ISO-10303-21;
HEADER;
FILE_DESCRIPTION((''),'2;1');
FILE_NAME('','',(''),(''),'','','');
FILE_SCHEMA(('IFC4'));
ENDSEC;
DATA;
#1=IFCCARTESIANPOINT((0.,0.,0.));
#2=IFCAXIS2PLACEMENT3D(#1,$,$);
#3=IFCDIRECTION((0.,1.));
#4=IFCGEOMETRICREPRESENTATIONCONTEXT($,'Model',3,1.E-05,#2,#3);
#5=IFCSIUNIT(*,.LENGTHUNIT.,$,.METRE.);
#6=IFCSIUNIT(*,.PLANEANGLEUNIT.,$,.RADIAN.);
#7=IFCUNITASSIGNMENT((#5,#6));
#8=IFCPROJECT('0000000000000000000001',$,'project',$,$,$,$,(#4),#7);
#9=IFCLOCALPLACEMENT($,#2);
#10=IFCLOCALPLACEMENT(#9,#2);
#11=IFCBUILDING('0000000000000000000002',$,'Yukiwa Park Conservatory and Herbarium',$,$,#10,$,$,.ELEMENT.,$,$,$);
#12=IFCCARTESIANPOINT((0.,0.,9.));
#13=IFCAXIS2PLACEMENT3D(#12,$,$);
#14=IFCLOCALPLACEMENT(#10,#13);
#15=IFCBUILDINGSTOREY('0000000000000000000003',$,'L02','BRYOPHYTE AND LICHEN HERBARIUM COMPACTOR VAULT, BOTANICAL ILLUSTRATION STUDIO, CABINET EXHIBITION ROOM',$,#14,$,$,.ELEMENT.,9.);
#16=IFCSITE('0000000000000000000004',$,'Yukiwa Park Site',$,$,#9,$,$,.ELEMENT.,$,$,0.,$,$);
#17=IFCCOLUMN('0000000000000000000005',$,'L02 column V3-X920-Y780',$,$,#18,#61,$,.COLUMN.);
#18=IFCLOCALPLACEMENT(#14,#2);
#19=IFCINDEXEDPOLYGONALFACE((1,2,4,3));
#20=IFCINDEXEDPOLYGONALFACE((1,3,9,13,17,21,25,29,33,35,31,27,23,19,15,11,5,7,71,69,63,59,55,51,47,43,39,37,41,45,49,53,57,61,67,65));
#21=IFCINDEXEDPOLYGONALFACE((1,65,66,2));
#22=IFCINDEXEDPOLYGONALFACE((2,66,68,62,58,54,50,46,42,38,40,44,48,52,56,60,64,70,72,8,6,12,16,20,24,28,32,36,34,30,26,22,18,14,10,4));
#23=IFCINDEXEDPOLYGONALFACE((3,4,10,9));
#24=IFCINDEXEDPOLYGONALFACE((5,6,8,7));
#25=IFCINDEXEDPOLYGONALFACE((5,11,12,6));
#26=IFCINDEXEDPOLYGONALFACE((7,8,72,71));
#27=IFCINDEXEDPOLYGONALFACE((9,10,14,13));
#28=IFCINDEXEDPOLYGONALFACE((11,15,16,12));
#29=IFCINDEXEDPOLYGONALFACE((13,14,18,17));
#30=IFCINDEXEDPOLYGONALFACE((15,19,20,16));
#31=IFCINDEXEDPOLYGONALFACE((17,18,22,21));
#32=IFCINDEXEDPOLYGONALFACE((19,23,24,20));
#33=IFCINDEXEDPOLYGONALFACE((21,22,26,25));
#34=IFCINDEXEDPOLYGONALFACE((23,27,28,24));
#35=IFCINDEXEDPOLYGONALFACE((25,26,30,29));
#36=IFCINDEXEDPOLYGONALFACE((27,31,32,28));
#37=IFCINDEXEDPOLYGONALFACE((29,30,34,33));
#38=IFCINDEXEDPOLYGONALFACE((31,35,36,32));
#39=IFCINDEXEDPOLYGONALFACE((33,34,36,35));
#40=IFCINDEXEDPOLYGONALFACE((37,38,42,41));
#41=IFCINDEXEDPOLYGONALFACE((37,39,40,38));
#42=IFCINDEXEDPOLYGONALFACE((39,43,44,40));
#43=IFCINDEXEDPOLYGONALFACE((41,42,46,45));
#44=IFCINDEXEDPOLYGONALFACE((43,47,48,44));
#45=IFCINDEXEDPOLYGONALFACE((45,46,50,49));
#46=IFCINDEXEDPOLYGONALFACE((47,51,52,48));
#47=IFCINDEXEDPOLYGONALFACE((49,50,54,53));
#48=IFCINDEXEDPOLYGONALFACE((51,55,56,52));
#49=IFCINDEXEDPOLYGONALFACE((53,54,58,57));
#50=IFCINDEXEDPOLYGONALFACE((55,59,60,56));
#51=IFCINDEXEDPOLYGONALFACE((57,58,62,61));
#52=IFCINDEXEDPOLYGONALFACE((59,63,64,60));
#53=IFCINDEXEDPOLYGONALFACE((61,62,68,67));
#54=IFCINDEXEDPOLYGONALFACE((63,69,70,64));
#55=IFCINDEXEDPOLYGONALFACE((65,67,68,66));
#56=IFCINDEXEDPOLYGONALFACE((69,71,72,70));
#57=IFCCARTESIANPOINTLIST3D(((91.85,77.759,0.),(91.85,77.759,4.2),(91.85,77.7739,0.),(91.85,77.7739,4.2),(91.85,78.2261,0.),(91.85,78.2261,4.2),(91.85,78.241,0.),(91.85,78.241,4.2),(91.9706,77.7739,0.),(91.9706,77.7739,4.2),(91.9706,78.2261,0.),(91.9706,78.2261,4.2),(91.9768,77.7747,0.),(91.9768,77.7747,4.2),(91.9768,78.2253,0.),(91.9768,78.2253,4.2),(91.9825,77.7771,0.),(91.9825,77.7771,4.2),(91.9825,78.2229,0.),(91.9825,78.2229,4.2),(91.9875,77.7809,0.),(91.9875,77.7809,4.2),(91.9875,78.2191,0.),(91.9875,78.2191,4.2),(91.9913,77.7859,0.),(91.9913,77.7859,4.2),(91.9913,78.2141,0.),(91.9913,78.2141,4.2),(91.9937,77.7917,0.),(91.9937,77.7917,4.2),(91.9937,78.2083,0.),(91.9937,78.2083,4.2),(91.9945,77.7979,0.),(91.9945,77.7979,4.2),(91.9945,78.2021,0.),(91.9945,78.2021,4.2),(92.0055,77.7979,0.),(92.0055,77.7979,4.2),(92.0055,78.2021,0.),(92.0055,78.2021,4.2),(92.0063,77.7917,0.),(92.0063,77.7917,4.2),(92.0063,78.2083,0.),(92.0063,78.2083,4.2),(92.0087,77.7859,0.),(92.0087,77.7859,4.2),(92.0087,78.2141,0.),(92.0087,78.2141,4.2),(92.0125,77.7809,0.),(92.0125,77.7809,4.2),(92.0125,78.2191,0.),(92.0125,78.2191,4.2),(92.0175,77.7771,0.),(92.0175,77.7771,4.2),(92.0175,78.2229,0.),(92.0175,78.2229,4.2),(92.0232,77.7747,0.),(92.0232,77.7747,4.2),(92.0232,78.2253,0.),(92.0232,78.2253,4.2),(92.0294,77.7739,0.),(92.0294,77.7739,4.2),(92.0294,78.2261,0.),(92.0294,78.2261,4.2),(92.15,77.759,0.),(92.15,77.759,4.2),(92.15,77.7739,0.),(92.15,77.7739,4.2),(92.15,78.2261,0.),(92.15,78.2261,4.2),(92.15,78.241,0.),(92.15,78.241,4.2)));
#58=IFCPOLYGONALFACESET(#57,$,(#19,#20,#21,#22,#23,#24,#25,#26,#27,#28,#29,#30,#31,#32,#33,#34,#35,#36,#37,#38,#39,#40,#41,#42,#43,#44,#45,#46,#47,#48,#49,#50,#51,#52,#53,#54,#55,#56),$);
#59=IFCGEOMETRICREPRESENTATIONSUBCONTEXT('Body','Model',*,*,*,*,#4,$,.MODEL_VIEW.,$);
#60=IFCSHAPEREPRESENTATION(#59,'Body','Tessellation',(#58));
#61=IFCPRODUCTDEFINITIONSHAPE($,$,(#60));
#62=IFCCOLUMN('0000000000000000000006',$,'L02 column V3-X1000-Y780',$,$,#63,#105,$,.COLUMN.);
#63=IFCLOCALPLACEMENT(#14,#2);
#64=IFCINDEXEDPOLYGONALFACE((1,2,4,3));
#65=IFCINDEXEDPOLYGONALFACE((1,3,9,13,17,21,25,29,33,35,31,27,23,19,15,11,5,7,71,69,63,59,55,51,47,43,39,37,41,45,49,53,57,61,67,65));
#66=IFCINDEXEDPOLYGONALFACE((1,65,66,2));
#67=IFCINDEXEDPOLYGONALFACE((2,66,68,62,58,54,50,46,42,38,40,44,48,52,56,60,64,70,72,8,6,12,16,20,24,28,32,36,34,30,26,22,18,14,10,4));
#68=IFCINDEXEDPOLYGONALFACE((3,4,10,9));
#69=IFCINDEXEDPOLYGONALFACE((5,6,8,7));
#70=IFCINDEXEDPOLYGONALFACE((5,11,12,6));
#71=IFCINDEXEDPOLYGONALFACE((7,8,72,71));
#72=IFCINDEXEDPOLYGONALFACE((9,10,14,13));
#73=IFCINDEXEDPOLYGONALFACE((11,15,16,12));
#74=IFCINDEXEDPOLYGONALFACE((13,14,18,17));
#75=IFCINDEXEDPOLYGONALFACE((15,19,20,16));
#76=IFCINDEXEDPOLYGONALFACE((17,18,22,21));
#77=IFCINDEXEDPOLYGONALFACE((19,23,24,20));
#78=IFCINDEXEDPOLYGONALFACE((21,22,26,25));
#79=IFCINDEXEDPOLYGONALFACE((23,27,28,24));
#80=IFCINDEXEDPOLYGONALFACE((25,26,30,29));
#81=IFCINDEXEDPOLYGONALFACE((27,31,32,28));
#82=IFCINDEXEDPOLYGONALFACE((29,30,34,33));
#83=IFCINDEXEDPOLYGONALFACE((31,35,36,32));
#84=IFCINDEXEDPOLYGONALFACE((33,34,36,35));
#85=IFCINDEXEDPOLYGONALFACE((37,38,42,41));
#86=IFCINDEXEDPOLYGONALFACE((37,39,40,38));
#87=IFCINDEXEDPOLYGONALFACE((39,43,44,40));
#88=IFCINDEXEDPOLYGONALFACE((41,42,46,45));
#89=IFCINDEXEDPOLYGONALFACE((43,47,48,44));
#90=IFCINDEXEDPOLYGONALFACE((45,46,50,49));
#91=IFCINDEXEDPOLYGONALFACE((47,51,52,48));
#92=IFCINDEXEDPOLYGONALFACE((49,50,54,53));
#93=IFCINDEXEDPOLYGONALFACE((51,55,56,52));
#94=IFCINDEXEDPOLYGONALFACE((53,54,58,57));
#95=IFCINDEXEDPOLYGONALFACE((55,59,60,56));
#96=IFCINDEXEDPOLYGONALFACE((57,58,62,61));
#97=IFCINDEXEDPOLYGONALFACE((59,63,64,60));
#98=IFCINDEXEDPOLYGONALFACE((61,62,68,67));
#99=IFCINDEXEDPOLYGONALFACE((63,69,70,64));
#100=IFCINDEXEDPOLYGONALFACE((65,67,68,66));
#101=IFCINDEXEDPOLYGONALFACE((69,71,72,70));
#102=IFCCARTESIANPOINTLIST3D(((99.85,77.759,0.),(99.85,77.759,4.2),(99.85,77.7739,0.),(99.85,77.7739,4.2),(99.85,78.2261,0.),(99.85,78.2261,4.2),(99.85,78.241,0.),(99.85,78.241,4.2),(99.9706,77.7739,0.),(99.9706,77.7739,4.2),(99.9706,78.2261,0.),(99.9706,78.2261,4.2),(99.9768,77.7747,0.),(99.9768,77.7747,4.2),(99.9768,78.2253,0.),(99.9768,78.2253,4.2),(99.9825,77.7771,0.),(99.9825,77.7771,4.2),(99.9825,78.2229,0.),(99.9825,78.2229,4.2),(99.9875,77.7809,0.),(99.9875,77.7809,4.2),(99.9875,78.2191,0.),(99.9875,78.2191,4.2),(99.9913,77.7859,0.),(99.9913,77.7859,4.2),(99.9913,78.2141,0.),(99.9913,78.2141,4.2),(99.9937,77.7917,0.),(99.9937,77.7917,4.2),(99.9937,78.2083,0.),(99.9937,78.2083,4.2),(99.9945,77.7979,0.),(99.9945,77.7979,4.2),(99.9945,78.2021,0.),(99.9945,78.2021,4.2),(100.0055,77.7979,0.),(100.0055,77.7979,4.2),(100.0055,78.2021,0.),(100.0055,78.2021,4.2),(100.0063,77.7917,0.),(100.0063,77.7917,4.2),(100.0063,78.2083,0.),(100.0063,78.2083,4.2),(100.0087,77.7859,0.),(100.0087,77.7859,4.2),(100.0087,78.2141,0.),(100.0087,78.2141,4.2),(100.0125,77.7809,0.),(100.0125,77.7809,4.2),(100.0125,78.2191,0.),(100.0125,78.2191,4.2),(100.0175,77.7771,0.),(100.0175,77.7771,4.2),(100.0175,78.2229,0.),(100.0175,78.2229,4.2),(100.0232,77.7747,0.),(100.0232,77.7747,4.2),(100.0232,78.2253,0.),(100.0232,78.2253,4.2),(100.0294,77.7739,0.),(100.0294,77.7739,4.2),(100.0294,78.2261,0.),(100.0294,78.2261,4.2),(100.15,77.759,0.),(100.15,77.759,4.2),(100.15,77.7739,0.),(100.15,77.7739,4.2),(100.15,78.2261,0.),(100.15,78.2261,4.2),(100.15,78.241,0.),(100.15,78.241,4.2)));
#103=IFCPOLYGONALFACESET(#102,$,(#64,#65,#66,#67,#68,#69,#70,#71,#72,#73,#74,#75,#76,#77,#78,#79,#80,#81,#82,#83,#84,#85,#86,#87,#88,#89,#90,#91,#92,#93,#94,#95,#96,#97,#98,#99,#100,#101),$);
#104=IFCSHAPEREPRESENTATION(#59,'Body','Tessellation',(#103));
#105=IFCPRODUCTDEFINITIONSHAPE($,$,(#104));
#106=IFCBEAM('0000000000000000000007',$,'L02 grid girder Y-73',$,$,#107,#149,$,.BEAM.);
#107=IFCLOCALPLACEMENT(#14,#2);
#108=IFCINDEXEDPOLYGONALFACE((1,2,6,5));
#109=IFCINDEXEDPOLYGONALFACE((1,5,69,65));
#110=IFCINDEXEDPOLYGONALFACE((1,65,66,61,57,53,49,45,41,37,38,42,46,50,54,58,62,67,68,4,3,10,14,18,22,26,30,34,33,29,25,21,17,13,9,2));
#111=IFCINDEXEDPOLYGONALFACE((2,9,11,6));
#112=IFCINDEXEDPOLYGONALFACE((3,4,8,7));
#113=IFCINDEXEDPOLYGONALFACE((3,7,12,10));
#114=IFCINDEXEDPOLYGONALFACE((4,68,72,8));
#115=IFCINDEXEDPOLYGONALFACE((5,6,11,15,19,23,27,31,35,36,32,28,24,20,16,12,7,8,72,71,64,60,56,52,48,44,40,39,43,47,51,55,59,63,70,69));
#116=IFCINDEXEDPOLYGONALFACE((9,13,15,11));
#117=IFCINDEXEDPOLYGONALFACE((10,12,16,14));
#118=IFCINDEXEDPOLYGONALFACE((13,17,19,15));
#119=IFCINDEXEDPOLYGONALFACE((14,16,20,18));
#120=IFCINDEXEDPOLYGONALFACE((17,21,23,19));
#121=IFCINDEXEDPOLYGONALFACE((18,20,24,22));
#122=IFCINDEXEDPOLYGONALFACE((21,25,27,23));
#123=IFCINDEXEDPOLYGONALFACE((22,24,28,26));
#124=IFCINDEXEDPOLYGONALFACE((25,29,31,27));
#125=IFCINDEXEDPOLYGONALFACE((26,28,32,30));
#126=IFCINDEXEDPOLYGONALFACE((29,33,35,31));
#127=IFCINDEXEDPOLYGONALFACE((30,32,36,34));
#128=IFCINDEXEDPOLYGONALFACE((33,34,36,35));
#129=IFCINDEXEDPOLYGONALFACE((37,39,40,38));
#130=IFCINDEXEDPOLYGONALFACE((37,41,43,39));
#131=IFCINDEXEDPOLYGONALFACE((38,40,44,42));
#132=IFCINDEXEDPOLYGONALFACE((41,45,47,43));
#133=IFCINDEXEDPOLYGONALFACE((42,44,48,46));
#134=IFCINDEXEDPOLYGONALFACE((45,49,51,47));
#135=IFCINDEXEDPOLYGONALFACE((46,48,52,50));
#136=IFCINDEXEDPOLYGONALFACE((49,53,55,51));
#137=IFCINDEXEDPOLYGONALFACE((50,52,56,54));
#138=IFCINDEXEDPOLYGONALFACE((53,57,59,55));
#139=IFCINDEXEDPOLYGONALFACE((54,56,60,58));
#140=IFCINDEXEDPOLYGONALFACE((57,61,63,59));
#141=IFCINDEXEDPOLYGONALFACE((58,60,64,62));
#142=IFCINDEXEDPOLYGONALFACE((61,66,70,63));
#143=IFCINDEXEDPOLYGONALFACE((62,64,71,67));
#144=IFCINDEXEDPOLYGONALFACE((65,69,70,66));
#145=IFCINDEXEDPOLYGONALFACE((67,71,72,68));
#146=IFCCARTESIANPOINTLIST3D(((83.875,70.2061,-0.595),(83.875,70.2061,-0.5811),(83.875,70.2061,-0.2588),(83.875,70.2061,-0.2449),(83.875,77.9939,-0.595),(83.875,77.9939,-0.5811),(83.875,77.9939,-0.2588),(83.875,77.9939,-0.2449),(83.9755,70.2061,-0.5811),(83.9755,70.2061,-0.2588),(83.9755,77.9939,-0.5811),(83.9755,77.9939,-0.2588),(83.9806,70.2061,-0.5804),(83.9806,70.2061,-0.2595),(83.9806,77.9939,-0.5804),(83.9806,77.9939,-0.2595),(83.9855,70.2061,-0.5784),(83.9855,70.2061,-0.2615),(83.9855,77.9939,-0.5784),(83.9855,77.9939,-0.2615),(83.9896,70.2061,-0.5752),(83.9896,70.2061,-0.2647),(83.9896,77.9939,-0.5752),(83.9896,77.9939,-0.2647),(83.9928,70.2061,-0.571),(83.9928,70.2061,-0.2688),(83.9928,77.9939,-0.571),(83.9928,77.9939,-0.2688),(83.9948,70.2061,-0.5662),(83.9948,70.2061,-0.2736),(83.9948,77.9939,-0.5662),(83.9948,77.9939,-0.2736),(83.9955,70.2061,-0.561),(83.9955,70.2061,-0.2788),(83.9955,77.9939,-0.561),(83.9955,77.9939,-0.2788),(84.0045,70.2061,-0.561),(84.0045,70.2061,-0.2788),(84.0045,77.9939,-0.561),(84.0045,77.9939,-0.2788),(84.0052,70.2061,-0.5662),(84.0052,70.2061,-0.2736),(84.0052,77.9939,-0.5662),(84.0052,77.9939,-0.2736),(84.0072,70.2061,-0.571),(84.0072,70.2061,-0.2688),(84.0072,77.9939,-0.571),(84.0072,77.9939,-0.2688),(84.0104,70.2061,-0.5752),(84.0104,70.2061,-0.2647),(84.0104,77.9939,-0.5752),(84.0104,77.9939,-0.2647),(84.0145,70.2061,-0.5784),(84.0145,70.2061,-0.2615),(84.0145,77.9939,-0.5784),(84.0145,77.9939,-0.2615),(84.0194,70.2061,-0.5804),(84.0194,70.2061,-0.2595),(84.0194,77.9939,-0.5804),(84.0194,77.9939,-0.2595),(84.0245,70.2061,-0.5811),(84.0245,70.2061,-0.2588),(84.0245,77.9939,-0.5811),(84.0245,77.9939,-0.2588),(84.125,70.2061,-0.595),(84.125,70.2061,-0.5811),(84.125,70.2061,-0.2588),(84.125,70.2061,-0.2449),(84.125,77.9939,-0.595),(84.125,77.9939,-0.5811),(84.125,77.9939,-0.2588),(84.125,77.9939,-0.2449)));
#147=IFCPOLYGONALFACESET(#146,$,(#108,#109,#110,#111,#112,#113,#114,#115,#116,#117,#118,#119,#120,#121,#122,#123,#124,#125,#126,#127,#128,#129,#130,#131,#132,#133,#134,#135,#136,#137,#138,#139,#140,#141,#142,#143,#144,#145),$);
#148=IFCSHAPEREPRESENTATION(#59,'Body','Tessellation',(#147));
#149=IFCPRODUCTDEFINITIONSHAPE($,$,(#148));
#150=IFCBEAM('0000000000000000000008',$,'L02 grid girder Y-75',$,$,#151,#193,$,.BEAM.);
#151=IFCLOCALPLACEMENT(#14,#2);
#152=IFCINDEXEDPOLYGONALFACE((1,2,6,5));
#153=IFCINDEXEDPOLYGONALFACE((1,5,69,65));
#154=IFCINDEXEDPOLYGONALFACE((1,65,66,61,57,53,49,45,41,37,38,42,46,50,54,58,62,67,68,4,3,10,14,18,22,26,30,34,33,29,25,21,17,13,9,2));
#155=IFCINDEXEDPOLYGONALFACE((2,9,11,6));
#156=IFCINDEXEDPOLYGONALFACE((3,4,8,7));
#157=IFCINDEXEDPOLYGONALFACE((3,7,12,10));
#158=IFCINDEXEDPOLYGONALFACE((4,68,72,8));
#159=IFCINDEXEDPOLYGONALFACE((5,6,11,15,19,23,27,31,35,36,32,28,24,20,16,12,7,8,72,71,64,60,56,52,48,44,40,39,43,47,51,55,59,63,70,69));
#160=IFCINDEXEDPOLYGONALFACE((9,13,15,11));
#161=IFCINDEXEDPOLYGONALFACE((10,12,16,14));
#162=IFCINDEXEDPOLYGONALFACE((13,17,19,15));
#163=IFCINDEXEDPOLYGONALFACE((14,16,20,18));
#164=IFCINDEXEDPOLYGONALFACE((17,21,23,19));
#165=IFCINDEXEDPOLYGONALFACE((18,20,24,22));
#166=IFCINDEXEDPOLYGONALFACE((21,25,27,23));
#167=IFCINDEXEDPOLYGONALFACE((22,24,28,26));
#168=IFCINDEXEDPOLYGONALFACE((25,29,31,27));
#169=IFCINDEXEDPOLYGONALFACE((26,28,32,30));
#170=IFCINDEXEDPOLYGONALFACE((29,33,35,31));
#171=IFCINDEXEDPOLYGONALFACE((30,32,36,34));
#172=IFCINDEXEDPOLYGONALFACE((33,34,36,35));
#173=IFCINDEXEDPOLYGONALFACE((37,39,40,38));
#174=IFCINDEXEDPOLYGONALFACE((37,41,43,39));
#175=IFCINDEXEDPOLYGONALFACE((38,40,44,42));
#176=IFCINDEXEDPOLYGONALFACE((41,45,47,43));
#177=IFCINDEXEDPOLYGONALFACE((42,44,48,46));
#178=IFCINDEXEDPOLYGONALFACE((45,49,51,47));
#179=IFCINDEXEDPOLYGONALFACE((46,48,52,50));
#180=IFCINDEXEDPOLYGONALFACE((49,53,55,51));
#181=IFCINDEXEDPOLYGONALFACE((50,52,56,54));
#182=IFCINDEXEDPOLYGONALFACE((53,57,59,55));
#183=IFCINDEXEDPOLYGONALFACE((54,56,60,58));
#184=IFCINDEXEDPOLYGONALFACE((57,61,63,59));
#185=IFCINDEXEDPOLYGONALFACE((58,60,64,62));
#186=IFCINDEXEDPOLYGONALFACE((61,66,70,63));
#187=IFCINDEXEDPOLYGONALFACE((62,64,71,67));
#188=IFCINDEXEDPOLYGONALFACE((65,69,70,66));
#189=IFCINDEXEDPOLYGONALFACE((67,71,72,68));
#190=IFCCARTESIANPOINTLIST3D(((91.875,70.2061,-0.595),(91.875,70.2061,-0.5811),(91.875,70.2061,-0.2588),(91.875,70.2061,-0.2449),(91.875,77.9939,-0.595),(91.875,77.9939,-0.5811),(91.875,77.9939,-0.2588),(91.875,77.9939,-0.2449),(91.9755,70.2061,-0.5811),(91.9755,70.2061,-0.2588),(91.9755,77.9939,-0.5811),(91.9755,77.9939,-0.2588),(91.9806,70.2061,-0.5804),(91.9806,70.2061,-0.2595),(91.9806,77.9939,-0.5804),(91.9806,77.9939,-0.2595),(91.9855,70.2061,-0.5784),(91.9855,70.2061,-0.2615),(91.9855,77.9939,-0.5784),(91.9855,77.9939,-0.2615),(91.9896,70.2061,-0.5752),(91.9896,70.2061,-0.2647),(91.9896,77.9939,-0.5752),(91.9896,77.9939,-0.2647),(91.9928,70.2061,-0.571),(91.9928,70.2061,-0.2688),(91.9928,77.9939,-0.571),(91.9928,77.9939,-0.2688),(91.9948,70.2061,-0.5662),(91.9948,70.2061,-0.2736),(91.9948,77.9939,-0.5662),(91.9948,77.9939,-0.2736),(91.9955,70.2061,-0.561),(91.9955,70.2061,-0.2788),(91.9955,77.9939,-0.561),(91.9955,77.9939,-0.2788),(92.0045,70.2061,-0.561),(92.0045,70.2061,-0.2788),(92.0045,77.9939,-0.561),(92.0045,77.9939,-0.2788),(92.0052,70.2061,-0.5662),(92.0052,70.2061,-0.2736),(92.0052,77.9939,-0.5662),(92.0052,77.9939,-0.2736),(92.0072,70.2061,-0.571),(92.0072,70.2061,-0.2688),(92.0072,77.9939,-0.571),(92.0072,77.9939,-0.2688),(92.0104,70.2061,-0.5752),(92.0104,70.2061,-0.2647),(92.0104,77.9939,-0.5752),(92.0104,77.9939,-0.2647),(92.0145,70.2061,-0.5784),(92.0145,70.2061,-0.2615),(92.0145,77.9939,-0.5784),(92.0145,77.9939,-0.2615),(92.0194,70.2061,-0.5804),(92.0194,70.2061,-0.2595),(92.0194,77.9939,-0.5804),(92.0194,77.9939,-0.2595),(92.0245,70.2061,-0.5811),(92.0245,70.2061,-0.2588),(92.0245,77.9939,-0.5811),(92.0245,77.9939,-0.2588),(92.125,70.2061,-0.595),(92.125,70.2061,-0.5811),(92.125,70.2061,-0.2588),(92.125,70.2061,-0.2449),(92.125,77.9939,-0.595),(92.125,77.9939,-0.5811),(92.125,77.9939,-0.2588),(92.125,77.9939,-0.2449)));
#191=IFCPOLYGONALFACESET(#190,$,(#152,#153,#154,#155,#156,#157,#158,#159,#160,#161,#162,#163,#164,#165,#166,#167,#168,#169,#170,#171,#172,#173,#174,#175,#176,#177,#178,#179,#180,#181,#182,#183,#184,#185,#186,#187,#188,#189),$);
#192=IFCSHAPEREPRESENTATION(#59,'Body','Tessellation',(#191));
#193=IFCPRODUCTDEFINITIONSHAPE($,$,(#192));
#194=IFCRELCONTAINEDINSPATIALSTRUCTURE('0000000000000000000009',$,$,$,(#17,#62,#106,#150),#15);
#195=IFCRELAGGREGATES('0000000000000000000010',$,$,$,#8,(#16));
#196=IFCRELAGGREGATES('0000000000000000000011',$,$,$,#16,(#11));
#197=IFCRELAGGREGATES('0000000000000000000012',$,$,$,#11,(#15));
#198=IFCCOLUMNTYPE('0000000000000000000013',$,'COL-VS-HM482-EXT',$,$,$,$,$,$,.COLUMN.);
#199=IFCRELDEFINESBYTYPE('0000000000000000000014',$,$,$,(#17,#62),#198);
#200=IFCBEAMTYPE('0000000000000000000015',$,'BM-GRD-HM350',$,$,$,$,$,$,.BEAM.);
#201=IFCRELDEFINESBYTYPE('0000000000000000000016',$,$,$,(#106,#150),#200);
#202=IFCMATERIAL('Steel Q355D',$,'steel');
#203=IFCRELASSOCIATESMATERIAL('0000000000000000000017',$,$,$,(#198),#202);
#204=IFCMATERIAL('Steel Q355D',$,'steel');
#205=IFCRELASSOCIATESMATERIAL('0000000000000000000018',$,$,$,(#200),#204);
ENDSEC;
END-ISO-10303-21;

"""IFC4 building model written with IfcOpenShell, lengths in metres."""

from ifc_helpers import new_model, si_unit, direction, frame, origin, origin_2d, place, context, subcontext, project, spatial, i_section, extrude, material, material_profile, profile_set, type_object, element, save


model = new_model("IFC4")

# Units and contexts
model_context = context("Model", 3, precision=1e-05, world=origin(), true_north=direction((0.0, 1.0)))
body_context = subcontext(model_context, "Body", "Model", "MODEL_VIEW")
ifc_project = project(units=[si_unit("LENGTHUNIT", "METRE"), si_unit("PLANEANGLEUNIT", "RADIAN")], contexts=[model_context])

# Site, building, storey
site_placement = place(None, origin())
site = spatial("IfcSite", under=ifc_project, at=site_placement, Name="Yukiwa Park Site", CompositionType="ELEMENT", RefElevation=0.0)
building_placement = place(site_placement, origin())
building = spatial("IfcBuilding", under=site, at=building_placement, Name="Yukiwa Park Conservatory and Herbarium", CompositionType="ELEMENT")
storey_placement = place(building_placement, frame((0.0, 0.0, 9.0)))
storey = spatial("IfcBuildingStorey", under=building, at=storey_placement, Name="L02", Description="BRYOPHYTE AND LICHEN HERBARIUM COMPACTOR VAULT, BOTANICAL ILLUSTRATION STUDIO, CABINET EXHIBITION ROOM", CompositionType="ELEMENT", Elevation=9.0)

# Columns
ifc_material_1 = material(Name="Steel Q355D", Category="steel")
ifc_material_profile_1 = material_profile(ifc_material_1, i_section(OverallWidth=0.3, OverallDepth=0.4819, WebThickness=0.011, FlangeThickness=0.0149, FilletRadius=0.0239, at=origin_2d()), Name="HM 482x300x11x15")
ifc_profile_set_1 = profile_set([ifc_material_profile_1], Name="Steel Q355D")
column_type_1 = type_object("IfcColumnType", Name="COL-VS-HM482-EXT", PredefinedType="COLUMN", material=ifc_profile_set_1)
for number, where, z_axis, x_axis, name in (
    (1, (92.0, 78.0, 0.0), (0.0, 0.0, 1.0), (1.0, 0.0, 0.0), "L02 column V3-X920-Y780"),
    (2, (100.0, 78.0, 0.0), (0.0, 0.0, 1.0), (1.0, 0.0, 0.0), "L02 column V3-X1000-Y780"),
):
    element("IfcColumn", number, at=place(storey_placement, frame(where, z_axis=z_axis, x_axis=x_axis)), inside=storey, type_object=column_type_1, Name=name, PredefinedType="COLUMN", context=body_context, shape_type="SweptSolid", body=[
        extrude(i_section(OverallWidth=0.3, OverallDepth=0.4819, WebThickness=0.011, FlangeThickness=0.0149, FilletRadius=0.0239, at=origin_2d()), origin(), (0.0, 0.0, 1.0), 4.2),
    ])

# Beams
ifc_material_2 = material(Name="Steel Q355D", Category="steel")
ifc_material_profile_2 = material_profile(ifc_material_2, i_section(OverallWidth=0.25, OverallDepth=0.3501, WebThickness=0.009, FlangeThickness=0.0139, FilletRadius=0.02, at=origin_2d()), Name="HM 350x250x9x14")
ifc_profile_set_2 = profile_set([ifc_material_profile_2], Name="Steel Q355D")
beam_type_1 = type_object("IfcBeamType", Name="BM-GRD-HM350", PredefinedType="BEAM", material=ifc_profile_set_2)
for number, where, z_axis, x_axis, name in (
    (3, (84.0, 70.2061, -0.4199), (0.0, 1.0, 0.0), (-1.0, 0.0, 0.0), "L02 grid girder Y-73"),
    (4, (92.0, 70.2061, -0.4199), (0.0, 1.0, 0.0), (-1.0, 0.0, 0.0), "L02 grid girder Y-75"),
):
    element("IfcBeam", number, at=place(storey_placement, frame(where, z_axis=z_axis, x_axis=x_axis)), inside=storey, type_object=beam_type_1, Name=name, PredefinedType="BEAM", context=body_context, shape_type="SweptSolid", body=[
        extrude(i_section(OverallWidth=0.25, OverallDepth=0.3501, WebThickness=0.009, FlangeThickness=0.0139, FilletRadius=0.02, at=origin_2d()), origin(), (0.0, 0.0, 1.0), 7.7878),
    ])

save(model, "model.ifc")
